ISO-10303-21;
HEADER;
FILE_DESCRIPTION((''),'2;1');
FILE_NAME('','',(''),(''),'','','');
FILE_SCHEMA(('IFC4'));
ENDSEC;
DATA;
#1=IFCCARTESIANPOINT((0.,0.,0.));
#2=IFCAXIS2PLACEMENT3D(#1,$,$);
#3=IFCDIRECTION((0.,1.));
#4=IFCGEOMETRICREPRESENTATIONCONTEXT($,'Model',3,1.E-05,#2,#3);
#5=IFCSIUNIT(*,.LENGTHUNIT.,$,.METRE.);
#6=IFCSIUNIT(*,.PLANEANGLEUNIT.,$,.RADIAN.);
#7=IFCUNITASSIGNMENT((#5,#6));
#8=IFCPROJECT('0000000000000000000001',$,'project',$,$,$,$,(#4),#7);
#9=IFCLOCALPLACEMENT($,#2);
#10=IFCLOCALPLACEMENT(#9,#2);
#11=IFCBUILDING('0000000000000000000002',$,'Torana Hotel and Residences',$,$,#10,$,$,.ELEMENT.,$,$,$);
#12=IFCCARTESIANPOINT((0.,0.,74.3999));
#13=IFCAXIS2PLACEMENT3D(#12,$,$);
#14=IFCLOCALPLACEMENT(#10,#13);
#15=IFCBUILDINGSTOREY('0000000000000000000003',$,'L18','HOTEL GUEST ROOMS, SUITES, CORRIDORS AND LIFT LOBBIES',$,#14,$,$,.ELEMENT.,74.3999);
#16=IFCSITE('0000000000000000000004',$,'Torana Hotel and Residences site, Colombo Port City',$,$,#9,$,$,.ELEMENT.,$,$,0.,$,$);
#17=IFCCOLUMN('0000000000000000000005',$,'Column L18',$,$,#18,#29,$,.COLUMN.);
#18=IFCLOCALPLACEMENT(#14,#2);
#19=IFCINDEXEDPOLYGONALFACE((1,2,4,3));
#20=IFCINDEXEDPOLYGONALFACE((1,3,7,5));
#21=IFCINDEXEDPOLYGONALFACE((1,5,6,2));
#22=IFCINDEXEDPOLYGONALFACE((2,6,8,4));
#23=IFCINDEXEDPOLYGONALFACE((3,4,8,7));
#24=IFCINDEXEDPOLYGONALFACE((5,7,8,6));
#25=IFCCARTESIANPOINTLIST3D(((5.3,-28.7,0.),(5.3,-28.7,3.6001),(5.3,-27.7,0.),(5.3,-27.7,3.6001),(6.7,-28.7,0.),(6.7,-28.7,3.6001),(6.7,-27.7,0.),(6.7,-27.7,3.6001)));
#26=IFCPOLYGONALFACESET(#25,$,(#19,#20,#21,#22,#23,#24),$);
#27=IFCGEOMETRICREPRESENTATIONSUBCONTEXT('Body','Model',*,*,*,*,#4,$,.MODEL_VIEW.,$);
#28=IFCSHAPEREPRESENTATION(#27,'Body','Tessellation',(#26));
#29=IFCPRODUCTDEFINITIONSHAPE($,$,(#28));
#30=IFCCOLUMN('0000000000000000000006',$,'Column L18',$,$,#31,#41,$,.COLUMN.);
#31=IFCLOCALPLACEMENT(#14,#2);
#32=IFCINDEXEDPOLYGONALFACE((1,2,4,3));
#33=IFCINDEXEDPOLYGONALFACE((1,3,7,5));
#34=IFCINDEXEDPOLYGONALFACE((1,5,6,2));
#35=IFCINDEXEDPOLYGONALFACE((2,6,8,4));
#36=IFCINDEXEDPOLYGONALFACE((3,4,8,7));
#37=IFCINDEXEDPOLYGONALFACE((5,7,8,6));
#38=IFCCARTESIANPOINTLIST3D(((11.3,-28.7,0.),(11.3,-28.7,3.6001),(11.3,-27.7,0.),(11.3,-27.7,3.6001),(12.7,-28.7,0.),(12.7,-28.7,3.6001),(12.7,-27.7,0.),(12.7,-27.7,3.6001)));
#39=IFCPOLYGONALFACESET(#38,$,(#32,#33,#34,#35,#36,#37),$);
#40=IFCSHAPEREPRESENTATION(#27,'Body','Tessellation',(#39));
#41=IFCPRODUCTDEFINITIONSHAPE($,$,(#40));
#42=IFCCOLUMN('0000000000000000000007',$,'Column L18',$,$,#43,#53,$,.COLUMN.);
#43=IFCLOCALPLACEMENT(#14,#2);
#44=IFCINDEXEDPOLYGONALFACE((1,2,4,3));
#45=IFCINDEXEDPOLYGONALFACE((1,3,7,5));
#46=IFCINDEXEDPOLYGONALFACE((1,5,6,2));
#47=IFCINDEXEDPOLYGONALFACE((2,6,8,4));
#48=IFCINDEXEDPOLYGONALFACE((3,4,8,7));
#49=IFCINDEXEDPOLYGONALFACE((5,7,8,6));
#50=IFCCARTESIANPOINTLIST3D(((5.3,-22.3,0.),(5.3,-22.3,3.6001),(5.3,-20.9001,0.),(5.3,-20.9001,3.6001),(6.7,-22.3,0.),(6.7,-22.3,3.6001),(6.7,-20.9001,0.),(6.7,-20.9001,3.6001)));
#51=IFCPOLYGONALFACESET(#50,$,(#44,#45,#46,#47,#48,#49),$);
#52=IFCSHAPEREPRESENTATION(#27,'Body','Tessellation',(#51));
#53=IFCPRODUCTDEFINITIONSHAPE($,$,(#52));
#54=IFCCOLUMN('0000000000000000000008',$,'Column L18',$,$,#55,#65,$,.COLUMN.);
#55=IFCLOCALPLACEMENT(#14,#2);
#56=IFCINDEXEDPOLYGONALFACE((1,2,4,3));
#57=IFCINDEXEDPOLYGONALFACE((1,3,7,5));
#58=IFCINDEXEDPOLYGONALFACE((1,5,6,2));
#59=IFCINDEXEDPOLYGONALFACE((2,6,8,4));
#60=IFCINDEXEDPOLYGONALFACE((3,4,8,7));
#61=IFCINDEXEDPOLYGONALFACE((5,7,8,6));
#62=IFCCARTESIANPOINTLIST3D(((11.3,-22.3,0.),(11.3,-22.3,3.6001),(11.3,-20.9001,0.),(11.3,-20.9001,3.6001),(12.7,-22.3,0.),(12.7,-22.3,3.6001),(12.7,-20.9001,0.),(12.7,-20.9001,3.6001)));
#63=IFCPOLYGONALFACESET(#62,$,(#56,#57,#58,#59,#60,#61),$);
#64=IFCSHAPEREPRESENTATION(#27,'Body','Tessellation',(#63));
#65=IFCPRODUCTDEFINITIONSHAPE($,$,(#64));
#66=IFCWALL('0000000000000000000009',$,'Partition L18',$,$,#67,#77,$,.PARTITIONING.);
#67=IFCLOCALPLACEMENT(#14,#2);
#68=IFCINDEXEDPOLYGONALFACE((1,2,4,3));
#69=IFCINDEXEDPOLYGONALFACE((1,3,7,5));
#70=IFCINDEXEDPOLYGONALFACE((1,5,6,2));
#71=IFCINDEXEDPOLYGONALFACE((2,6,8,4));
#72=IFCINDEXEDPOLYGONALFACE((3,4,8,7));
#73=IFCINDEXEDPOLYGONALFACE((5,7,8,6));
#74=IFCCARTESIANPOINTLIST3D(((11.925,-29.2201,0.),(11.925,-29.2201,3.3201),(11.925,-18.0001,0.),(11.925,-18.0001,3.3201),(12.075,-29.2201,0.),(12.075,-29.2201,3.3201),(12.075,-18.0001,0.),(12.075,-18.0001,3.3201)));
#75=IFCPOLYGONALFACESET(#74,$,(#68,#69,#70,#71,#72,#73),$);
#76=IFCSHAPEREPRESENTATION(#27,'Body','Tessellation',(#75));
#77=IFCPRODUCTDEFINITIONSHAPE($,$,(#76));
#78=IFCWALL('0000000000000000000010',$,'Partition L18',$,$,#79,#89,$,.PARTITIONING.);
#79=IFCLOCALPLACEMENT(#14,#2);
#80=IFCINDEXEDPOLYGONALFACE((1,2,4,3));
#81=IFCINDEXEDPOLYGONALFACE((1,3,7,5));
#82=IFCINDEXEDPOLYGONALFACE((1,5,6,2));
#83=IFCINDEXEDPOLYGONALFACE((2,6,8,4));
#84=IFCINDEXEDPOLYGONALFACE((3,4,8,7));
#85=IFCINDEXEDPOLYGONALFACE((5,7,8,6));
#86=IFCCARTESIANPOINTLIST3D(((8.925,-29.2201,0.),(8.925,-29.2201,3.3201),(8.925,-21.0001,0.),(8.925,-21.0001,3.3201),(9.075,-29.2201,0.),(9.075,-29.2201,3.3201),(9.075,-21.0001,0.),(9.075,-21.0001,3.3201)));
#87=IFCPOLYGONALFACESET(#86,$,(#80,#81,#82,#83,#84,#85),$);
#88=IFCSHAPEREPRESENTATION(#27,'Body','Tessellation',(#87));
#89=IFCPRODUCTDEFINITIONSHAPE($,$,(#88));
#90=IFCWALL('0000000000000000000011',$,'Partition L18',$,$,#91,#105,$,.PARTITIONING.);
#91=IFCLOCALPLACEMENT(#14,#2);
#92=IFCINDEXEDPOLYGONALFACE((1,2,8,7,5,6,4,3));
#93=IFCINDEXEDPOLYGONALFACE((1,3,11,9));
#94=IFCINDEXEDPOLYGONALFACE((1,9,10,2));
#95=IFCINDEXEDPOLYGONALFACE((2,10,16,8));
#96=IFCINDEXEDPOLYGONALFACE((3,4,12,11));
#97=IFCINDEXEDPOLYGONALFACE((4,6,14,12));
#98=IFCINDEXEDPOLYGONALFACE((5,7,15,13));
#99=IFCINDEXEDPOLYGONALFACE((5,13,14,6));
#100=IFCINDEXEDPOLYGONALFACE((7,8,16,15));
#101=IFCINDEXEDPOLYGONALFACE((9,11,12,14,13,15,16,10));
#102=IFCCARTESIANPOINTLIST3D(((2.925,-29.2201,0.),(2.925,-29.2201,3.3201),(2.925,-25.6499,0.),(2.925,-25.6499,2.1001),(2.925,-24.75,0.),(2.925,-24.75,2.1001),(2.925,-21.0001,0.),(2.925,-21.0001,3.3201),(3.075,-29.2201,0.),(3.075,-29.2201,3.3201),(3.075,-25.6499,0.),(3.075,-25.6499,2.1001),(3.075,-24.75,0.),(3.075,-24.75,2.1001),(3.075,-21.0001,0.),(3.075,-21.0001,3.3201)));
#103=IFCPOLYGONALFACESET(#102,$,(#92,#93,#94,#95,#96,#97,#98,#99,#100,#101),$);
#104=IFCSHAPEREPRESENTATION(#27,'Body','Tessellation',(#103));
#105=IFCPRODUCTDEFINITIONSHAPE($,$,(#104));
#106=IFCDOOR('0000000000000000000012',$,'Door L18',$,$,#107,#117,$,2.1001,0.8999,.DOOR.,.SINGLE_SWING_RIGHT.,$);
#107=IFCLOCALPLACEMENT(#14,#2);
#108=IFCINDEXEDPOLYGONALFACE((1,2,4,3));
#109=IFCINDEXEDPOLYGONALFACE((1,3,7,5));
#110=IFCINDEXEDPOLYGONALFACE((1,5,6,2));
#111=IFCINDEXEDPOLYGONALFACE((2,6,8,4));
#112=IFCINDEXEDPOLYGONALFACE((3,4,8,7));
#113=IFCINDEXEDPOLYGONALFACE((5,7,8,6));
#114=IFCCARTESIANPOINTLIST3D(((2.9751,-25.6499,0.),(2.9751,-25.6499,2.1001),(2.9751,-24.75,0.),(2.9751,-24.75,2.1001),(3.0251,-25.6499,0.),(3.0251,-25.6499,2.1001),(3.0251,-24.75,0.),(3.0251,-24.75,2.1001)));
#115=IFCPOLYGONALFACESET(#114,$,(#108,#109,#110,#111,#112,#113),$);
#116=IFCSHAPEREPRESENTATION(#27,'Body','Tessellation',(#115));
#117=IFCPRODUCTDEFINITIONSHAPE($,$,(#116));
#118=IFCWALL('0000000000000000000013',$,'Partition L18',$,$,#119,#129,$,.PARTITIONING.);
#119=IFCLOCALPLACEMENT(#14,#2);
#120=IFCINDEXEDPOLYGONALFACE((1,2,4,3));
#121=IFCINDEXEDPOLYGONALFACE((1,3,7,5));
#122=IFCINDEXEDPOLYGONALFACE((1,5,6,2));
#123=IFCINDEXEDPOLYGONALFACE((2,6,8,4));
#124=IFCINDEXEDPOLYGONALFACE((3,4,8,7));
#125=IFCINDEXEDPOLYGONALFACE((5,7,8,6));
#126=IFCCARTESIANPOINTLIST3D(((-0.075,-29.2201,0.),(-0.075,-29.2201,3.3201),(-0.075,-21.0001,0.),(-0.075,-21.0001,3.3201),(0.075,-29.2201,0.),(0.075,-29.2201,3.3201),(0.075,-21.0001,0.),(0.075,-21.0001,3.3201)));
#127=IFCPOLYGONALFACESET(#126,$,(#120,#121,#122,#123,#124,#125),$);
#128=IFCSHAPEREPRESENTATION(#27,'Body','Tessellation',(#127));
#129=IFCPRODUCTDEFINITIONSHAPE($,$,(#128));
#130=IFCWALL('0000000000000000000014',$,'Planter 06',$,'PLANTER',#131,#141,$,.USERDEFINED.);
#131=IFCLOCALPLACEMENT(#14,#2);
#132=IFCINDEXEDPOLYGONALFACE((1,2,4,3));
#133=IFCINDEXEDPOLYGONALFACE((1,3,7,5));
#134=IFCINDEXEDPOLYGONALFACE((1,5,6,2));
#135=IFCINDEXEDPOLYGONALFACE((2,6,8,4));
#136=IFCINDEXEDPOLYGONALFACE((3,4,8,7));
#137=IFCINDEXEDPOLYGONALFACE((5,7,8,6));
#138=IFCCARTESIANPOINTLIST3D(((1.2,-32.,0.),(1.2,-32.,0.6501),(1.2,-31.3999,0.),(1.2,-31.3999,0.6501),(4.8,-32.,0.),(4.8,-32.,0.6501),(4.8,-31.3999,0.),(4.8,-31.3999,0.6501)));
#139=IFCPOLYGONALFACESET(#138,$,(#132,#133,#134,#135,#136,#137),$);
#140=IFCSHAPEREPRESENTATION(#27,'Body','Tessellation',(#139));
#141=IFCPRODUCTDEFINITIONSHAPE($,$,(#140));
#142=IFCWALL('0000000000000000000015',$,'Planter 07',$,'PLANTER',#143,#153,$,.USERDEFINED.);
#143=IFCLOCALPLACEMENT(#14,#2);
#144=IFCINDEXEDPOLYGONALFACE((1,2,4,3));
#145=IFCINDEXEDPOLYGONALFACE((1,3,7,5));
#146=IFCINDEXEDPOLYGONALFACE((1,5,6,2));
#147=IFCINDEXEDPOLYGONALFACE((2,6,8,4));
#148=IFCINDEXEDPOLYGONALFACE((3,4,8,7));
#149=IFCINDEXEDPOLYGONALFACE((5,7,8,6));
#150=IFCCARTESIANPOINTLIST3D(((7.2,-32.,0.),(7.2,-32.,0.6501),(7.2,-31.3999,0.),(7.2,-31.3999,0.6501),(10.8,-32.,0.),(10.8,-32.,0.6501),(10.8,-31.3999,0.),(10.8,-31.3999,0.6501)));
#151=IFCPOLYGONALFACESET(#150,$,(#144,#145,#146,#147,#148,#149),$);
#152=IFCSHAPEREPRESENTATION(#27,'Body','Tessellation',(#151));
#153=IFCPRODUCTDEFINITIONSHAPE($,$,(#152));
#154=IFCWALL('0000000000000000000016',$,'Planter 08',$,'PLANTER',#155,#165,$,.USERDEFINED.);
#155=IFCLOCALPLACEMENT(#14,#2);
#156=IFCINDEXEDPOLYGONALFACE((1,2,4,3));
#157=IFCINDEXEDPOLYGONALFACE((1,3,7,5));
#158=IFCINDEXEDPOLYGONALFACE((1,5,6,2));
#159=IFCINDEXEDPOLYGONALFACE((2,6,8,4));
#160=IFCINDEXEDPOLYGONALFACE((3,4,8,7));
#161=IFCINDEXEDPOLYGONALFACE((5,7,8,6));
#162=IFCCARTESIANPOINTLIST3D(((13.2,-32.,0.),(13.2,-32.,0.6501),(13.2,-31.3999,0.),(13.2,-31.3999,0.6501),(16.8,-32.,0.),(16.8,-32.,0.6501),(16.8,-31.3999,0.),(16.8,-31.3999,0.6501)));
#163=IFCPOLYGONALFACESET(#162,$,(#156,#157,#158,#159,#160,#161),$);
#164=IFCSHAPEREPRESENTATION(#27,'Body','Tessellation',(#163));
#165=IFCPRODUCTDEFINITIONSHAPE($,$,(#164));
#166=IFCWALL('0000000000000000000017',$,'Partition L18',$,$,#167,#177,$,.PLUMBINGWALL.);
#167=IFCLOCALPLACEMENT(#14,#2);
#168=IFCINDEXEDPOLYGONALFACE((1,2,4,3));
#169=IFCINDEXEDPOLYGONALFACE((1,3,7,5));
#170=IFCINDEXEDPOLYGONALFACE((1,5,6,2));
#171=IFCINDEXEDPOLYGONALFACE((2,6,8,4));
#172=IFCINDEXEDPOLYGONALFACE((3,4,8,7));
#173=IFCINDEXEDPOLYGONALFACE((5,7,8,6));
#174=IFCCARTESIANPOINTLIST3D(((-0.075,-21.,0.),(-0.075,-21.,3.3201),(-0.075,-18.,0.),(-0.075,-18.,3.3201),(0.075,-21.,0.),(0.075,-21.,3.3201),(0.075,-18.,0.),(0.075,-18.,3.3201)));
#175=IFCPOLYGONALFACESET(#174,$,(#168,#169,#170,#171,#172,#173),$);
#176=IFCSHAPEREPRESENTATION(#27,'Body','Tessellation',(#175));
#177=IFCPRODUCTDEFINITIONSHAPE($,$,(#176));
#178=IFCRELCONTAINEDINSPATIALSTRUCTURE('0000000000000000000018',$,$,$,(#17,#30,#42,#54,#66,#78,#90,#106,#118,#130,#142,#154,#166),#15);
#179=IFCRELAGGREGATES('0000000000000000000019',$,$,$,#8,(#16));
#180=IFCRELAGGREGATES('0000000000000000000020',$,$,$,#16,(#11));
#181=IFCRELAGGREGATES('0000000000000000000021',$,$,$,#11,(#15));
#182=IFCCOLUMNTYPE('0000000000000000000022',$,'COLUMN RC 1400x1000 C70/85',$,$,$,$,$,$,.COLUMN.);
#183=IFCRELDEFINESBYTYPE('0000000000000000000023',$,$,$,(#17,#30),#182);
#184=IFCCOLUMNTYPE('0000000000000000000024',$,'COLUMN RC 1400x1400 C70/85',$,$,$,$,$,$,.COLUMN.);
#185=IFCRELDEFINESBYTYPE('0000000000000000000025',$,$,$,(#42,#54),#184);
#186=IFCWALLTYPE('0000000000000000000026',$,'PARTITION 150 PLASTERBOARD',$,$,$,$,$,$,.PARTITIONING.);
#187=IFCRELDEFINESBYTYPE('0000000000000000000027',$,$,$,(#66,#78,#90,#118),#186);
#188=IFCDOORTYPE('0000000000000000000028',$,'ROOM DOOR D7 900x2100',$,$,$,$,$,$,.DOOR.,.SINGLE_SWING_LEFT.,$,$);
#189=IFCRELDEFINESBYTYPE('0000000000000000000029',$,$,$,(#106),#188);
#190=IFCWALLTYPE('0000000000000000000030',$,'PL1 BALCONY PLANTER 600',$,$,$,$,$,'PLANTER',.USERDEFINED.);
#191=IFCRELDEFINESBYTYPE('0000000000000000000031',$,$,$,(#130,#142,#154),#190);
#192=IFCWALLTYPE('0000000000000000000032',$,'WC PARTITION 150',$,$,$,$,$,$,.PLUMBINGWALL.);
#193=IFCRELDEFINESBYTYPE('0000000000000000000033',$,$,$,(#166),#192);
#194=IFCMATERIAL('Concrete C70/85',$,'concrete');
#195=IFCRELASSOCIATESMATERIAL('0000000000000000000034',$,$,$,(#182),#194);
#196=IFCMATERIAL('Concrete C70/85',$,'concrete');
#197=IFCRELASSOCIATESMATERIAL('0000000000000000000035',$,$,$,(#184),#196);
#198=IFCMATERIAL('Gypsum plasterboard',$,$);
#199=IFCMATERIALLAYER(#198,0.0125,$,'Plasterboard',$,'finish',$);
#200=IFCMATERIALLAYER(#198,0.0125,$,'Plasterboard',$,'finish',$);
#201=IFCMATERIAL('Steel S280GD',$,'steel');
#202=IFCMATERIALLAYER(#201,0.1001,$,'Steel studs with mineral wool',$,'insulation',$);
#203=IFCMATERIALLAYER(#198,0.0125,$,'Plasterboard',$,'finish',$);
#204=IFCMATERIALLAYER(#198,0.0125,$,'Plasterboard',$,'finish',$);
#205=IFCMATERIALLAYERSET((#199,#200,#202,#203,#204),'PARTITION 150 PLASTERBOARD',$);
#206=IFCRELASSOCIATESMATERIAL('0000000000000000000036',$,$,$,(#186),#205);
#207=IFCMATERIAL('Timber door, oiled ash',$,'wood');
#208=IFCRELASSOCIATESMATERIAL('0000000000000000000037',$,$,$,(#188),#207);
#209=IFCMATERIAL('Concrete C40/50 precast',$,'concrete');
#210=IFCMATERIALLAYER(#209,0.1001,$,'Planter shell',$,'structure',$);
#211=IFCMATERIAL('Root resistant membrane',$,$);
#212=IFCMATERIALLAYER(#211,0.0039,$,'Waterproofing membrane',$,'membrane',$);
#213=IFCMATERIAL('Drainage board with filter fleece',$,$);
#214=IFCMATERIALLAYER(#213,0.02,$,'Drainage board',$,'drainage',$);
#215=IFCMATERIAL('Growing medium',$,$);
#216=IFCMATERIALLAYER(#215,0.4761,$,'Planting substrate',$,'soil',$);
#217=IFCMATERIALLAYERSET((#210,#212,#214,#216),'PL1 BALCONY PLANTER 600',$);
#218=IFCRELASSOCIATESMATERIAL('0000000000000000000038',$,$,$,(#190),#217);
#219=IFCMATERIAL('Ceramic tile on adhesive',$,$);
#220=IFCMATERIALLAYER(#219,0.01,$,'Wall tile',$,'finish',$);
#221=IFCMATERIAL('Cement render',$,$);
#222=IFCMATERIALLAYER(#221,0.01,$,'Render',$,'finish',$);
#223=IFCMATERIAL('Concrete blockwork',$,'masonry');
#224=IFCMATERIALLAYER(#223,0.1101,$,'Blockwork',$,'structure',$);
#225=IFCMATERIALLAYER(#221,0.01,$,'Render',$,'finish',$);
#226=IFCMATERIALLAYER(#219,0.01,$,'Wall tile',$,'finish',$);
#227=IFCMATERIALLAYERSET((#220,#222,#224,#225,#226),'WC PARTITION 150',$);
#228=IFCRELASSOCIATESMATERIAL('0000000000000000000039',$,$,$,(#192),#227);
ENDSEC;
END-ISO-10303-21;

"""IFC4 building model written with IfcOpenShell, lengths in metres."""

from ifc_helpers import new_model, si_unit, direction, frame, frame_2d, origin, origin_2d, place, context, subcontext, project, spatial, rectangle, extrude, material, layer, layer_set, material_profile, profile_set, type_object, element, fill, save


model = new_model("IFC4")

# Units and contexts
model_context = context("Model", 3, precision=1e-05, world=origin(), true_north=direction((0.0, 1.0)))
body_context = subcontext(model_context, "Body", "Model", "MODEL_VIEW")
ifc_project = project(units=[si_unit("LENGTHUNIT", "METRE"), si_unit("PLANEANGLEUNIT", "RADIAN")], contexts=[model_context])

# Site, building, storey
site_placement = place(None, origin())
site = spatial("IfcSite", under=ifc_project, at=site_placement, Name="Torana Hotel and Residences site, Colombo Port City", CompositionType="ELEMENT", RefElevation=0.0)
building_placement = place(site_placement, origin())
building = spatial("IfcBuilding", under=site, at=building_placement, Name="Torana Hotel and Residences", CompositionType="ELEMENT")
storey_placement = place(building_placement, frame((0.0, 0.0, 74.3999)))
storey = spatial("IfcBuildingStorey", under=building, at=storey_placement, Name="L18", Description="HOTEL GUEST ROOMS, SUITES, CORRIDORS AND LIFT LOBBIES", CompositionType="ELEMENT", Elevation=74.3999)

# Columns
ifc_material_1 = material(Name="Concrete C70/85", Category="concrete")
ifc_material_profile_1 = material_profile(ifc_material_1, rectangle(XDim=1.3999, YDim=1.0, at=origin_2d()), Name="RC 1400x1000")
ifc_profile_set_1 = profile_set([ifc_material_profile_1], Name="Concrete C70/85")
column_type_1 = type_object("IfcColumnType", Name="COLUMN RC 1400x1000 C70/85", PredefinedType="COLUMN", material=ifc_profile_set_1)
for number, where, z_axis, x_axis, name in (
    (1, (6.0, -28.2, 0.0), (0.0, 0.0, 1.0), (1.0, 0.0, 0.0), "Column L18"),
    (2, (12.0, -28.2, 0.0), (0.0, 0.0, 1.0), (1.0, 0.0, 0.0), "Column L18"),
):
    element("IfcColumn", number, at=place(storey_placement, frame(where, z_axis=z_axis, x_axis=x_axis)), inside=storey, type_object=column_type_1, Name=name, PredefinedType="COLUMN", context=body_context, shape_type="SweptSolid", body=[
        extrude(rectangle(XDim=1.3999, YDim=1.0, at=origin_2d()), origin(), (0.0, 0.0, 1.0), 3.6001),
    ])
ifc_material_2 = material(Name="Concrete C70/85", Category="concrete")
ifc_material_profile_2 = material_profile(ifc_material_2, rectangle(XDim=1.3999, YDim=1.3999, at=origin_2d()), Name="RC 1400x1400")
ifc_profile_set_2 = profile_set([ifc_material_profile_2], Name="Concrete C70/85")
column_type_2 = type_object("IfcColumnType", Name="COLUMN RC 1400x1400 C70/85", PredefinedType="COLUMN", material=ifc_profile_set_2)
for number, where, z_axis, x_axis, name in (
    (3, (6.0, -21.6001, 0.0), (0.0, 0.0, 1.0), (1.0, 0.0, 0.0), "Column L18"),
    (4, (12.0, -21.6001, 0.0), (0.0, 0.0, 1.0), (1.0, 0.0, 0.0), "Column L18"),
):
    element("IfcColumn", number, at=place(storey_placement, frame(where, z_axis=z_axis, x_axis=x_axis)), inside=storey, type_object=column_type_2, Name=name, PredefinedType="COLUMN", context=body_context, shape_type="SweptSolid", body=[
        extrude(rectangle(XDim=1.3999, YDim=1.3999, at=origin_2d()), origin(), (0.0, 0.0, 1.0), 3.6001),
    ])

# Walls
ifc_material_3 = material(Name="Gypsum plasterboard")
ifc_layer_1 = layer(ifc_material_3, 0.0125, Name="Plasterboard", Category="finish")
ifc_layer_2 = layer(ifc_material_3, 0.0125, Name="Plasterboard", Category="finish")
ifc_material_4 = material(Name="Steel S280GD", Category="steel")
ifc_layer_3 = layer(ifc_material_4, 0.1001, Name="Steel studs with mineral wool", Category="insulation")
ifc_layer_4 = layer(ifc_material_3, 0.0125, Name="Plasterboard", Category="finish")
ifc_layer_5 = layer(ifc_material_3, 0.0125, Name="Plasterboard", Category="finish")
ifc_layer_set_1 = layer_set([ifc_layer_1, ifc_layer_2, ifc_layer_3, ifc_layer_4, ifc_layer_5], Name="PARTITION 150 PLASTERBOARD")
wall_type_1 = type_object("IfcWallType", Name="PARTITION 150 PLASTERBOARD", PredefinedType="PARTITIONING", material=ifc_layer_set_1)
wall_1_placement = place(storey_placement, frame((12.0, -29.22, 0.0), z_axis=(0.0, 0.0, 1.0), x_axis=(0.0, 1.0, 0.0)))
element("IfcWall", 5, at=wall_1_placement, inside=storey, type_object=wall_type_1, Name="Partition L18", PredefinedType="PARTITIONING", context=body_context, shape_type="SweptSolid", body=[
    extrude(rectangle(XDim=11.22, YDim=0.1499, at=frame_2d((5.6099, 0.0))), origin(), (0.0, 0.0, 1.0), 3.3201),
])
wall_2_placement = place(storey_placement, frame((9.0, -29.22, 0.0), z_axis=(0.0, 0.0, 1.0), x_axis=(0.0, 1.0, 0.0)))
element("IfcWall", 6, at=wall_2_placement, inside=storey, type_object=wall_type_1, Name="Partition L18", PredefinedType="PARTITIONING", context=body_context, shape_type="SweptSolid", body=[
    extrude(rectangle(XDim=8.22, YDim=0.1499, at=frame_2d((4.1099, 0.0))), origin(), (0.0, 0.0, 1.0), 3.3201),
])

# Wall, opening, door
wall_3_placement = place(storey_placement, frame((3.0, -29.22, 0.0), z_axis=(0.0, 0.0, 1.0), x_axis=(0.0, 1.0, 0.0)))
wall_3 = element("IfcWall", 7, at=wall_3_placement, inside=storey, type_object=wall_type_1, Name="Partition L18", PredefinedType="PARTITIONING", context=body_context, shape_type="SweptSolid", body=[
    extrude(rectangle(XDim=8.22, YDim=0.1499, at=frame_2d((4.1099, 0.0))), origin(), (0.0, 0.0, 1.0), 3.3201),
])
opening_placement = place(wall_3_placement, frame((3.5701, 0.0, 0.0)))
opening = element("IfcOpeningElement", 8, at=opening_placement, cuts=wall_3, PredefinedType="OPENING", context=body_context, shape_type="SweptSolid", body=[
    extrude(rectangle(XDim=0.8999, YDim=2.1001, at=frame_2d((0.45, 1.05))), frame((0.0, 0.085, 0.0), z_axis=(0.0, -1.0, 0.0), x_axis=(1.0, 0.0, 0.0)), (0.0, 0.0, 1.0), 0.1699),
])
ifc_material_5 = material(Name="Timber door, oiled ash", Category="wood")
door_type = type_object("IfcDoorType", Name="ROOM DOOR D7 900x2100", OperationType="SINGLE_SWING_LEFT", PredefinedType="DOOR", material=ifc_material_5)
door_placement = place(opening_placement, origin())
door = element("IfcDoor", 9, at=door_placement, inside=storey, type_object=door_type, Name="Door L18", OperationType="SINGLE_SWING_RIGHT", OverallHeight=2.1001, OverallWidth=0.8999, PredefinedType="DOOR", context=body_context, shape_type="SweptSolid", body=[
    extrude(rectangle(XDim=0.8999, YDim=2.1001, at=frame_2d((0.45, 1.05))), frame((0.0, 0.0249, 0.0), z_axis=(0.0, -1.0, 0.0), x_axis=(1.0, 0.0, 0.0)), (0.0, 0.0, 1.0), 0.05),
])
fill(opening, door)

# Walls
wall_4_placement = place(storey_placement, frame((0.0, -29.22, 0.0), z_axis=(0.0, 0.0, 1.0), x_axis=(0.0, 1.0, 0.0)))
element("IfcWall", 10, at=wall_4_placement, inside=storey, type_object=wall_type_1, Name="Partition L18", PredefinedType="PARTITIONING", context=body_context, shape_type="SweptSolid", body=[
    extrude(rectangle(XDim=8.22, YDim=0.1499, at=frame_2d((4.1099, 0.0))), origin(), (0.0, 0.0, 1.0), 3.3201),
])
ifc_material_6 = material(Name="Concrete C40/50 precast", Category="concrete")
ifc_layer_6 = layer(ifc_material_6, 0.1001, Name="Planter shell", Category="structure")
ifc_material_7 = material(Name="Root resistant membrane")
ifc_layer_7 = layer(ifc_material_7, 0.0039, Name="Waterproofing membrane", Category="membrane")
ifc_material_8 = material(Name="Drainage board with filter fleece")
ifc_layer_8 = layer(ifc_material_8, 0.02, Name="Drainage board", Category="drainage")
ifc_material_9 = material(Name="Growing medium")
ifc_layer_9 = layer(ifc_material_9, 0.4761, Name="Planting substrate", Category="soil")
ifc_layer_set_2 = layer_set([ifc_layer_6, ifc_layer_7, ifc_layer_8, ifc_layer_9], Name="PL1 BALCONY PLANTER 600")
wall_type_2 = type_object("IfcWallType", Name="PL1 BALCONY PLANTER 600", ElementType="PLANTER", PredefinedType="USERDEFINED", material=ifc_layer_set_2)
for number, where, z_axis, x_axis, name in (
    (11, (4.8, -31.7, 0.0), (0.0, 0.0, 1.0), (-1.0, 0.0, 0.0), "Planter 06"),
    (12, (10.8, -31.7, 0.0), (0.0, 0.0, 1.0), (-1.0, 0.0, 0.0), "Planter 07"),
    (13, (16.8, -31.7, 0.0), (0.0, 0.0, 1.0), (-1.0, 0.0, 0.0), "Planter 08"),
):
    element("IfcWall", number, at=place(storey_placement, frame(where, z_axis=z_axis, x_axis=x_axis)), inside=storey, type_object=wall_type_2, Name=name, ObjectType="PLANTER", PredefinedType="USERDEFINED", context=body_context, shape_type="SweptSolid", body=[
        extrude(rectangle(XDim=3.6001, YDim=0.6001, at=frame_2d((1.8, 0.0))), origin(), (0.0, 0.0, 1.0), 0.6501),
    ])
ifc_material_10 = material(Name="Ceramic tile on adhesive")
ifc_layer_10 = layer(ifc_material_10, 0.01, Name="Wall tile", Category="finish")
ifc_material_11 = material(Name="Cement render")
ifc_layer_11 = layer(ifc_material_11, 0.01, Name="Render", Category="finish")
ifc_material_12 = material(Name="Concrete blockwork", Category="masonry")
ifc_layer_12 = layer(ifc_material_12, 0.1101, Name="Blockwork", Category="structure")
ifc_layer_13 = layer(ifc_material_11, 0.01, Name="Render", Category="finish")
ifc_layer_14 = layer(ifc_material_10, 0.01, Name="Wall tile", Category="finish")
ifc_layer_set_3 = layer_set([ifc_layer_10, ifc_layer_11, ifc_layer_12, ifc_layer_13, ifc_layer_14], Name="WC PARTITION 150")
wall_type_3 = type_object("IfcWallType", Name="WC PARTITION 150", PredefinedType="PLUMBINGWALL", material=ifc_layer_set_3)
wall_5_placement = place(storey_placement, frame((0.0, -21.0, 0.0), z_axis=(0.0, 0.0, 1.0), x_axis=(0.0, 1.0, 0.0)))
element("IfcWall", 14, at=wall_5_placement, inside=storey, type_object=wall_type_3, Name="Partition L18", PredefinedType="PLUMBINGWALL", context=body_context, shape_type="SweptSolid", body=[
    extrude(rectangle(XDim=3.0, YDim=0.1499, at=frame_2d((1.5, 0.0))), origin(), (0.0, 0.0, 1.0), 3.3201),
])

save(model, "model.ifc")
